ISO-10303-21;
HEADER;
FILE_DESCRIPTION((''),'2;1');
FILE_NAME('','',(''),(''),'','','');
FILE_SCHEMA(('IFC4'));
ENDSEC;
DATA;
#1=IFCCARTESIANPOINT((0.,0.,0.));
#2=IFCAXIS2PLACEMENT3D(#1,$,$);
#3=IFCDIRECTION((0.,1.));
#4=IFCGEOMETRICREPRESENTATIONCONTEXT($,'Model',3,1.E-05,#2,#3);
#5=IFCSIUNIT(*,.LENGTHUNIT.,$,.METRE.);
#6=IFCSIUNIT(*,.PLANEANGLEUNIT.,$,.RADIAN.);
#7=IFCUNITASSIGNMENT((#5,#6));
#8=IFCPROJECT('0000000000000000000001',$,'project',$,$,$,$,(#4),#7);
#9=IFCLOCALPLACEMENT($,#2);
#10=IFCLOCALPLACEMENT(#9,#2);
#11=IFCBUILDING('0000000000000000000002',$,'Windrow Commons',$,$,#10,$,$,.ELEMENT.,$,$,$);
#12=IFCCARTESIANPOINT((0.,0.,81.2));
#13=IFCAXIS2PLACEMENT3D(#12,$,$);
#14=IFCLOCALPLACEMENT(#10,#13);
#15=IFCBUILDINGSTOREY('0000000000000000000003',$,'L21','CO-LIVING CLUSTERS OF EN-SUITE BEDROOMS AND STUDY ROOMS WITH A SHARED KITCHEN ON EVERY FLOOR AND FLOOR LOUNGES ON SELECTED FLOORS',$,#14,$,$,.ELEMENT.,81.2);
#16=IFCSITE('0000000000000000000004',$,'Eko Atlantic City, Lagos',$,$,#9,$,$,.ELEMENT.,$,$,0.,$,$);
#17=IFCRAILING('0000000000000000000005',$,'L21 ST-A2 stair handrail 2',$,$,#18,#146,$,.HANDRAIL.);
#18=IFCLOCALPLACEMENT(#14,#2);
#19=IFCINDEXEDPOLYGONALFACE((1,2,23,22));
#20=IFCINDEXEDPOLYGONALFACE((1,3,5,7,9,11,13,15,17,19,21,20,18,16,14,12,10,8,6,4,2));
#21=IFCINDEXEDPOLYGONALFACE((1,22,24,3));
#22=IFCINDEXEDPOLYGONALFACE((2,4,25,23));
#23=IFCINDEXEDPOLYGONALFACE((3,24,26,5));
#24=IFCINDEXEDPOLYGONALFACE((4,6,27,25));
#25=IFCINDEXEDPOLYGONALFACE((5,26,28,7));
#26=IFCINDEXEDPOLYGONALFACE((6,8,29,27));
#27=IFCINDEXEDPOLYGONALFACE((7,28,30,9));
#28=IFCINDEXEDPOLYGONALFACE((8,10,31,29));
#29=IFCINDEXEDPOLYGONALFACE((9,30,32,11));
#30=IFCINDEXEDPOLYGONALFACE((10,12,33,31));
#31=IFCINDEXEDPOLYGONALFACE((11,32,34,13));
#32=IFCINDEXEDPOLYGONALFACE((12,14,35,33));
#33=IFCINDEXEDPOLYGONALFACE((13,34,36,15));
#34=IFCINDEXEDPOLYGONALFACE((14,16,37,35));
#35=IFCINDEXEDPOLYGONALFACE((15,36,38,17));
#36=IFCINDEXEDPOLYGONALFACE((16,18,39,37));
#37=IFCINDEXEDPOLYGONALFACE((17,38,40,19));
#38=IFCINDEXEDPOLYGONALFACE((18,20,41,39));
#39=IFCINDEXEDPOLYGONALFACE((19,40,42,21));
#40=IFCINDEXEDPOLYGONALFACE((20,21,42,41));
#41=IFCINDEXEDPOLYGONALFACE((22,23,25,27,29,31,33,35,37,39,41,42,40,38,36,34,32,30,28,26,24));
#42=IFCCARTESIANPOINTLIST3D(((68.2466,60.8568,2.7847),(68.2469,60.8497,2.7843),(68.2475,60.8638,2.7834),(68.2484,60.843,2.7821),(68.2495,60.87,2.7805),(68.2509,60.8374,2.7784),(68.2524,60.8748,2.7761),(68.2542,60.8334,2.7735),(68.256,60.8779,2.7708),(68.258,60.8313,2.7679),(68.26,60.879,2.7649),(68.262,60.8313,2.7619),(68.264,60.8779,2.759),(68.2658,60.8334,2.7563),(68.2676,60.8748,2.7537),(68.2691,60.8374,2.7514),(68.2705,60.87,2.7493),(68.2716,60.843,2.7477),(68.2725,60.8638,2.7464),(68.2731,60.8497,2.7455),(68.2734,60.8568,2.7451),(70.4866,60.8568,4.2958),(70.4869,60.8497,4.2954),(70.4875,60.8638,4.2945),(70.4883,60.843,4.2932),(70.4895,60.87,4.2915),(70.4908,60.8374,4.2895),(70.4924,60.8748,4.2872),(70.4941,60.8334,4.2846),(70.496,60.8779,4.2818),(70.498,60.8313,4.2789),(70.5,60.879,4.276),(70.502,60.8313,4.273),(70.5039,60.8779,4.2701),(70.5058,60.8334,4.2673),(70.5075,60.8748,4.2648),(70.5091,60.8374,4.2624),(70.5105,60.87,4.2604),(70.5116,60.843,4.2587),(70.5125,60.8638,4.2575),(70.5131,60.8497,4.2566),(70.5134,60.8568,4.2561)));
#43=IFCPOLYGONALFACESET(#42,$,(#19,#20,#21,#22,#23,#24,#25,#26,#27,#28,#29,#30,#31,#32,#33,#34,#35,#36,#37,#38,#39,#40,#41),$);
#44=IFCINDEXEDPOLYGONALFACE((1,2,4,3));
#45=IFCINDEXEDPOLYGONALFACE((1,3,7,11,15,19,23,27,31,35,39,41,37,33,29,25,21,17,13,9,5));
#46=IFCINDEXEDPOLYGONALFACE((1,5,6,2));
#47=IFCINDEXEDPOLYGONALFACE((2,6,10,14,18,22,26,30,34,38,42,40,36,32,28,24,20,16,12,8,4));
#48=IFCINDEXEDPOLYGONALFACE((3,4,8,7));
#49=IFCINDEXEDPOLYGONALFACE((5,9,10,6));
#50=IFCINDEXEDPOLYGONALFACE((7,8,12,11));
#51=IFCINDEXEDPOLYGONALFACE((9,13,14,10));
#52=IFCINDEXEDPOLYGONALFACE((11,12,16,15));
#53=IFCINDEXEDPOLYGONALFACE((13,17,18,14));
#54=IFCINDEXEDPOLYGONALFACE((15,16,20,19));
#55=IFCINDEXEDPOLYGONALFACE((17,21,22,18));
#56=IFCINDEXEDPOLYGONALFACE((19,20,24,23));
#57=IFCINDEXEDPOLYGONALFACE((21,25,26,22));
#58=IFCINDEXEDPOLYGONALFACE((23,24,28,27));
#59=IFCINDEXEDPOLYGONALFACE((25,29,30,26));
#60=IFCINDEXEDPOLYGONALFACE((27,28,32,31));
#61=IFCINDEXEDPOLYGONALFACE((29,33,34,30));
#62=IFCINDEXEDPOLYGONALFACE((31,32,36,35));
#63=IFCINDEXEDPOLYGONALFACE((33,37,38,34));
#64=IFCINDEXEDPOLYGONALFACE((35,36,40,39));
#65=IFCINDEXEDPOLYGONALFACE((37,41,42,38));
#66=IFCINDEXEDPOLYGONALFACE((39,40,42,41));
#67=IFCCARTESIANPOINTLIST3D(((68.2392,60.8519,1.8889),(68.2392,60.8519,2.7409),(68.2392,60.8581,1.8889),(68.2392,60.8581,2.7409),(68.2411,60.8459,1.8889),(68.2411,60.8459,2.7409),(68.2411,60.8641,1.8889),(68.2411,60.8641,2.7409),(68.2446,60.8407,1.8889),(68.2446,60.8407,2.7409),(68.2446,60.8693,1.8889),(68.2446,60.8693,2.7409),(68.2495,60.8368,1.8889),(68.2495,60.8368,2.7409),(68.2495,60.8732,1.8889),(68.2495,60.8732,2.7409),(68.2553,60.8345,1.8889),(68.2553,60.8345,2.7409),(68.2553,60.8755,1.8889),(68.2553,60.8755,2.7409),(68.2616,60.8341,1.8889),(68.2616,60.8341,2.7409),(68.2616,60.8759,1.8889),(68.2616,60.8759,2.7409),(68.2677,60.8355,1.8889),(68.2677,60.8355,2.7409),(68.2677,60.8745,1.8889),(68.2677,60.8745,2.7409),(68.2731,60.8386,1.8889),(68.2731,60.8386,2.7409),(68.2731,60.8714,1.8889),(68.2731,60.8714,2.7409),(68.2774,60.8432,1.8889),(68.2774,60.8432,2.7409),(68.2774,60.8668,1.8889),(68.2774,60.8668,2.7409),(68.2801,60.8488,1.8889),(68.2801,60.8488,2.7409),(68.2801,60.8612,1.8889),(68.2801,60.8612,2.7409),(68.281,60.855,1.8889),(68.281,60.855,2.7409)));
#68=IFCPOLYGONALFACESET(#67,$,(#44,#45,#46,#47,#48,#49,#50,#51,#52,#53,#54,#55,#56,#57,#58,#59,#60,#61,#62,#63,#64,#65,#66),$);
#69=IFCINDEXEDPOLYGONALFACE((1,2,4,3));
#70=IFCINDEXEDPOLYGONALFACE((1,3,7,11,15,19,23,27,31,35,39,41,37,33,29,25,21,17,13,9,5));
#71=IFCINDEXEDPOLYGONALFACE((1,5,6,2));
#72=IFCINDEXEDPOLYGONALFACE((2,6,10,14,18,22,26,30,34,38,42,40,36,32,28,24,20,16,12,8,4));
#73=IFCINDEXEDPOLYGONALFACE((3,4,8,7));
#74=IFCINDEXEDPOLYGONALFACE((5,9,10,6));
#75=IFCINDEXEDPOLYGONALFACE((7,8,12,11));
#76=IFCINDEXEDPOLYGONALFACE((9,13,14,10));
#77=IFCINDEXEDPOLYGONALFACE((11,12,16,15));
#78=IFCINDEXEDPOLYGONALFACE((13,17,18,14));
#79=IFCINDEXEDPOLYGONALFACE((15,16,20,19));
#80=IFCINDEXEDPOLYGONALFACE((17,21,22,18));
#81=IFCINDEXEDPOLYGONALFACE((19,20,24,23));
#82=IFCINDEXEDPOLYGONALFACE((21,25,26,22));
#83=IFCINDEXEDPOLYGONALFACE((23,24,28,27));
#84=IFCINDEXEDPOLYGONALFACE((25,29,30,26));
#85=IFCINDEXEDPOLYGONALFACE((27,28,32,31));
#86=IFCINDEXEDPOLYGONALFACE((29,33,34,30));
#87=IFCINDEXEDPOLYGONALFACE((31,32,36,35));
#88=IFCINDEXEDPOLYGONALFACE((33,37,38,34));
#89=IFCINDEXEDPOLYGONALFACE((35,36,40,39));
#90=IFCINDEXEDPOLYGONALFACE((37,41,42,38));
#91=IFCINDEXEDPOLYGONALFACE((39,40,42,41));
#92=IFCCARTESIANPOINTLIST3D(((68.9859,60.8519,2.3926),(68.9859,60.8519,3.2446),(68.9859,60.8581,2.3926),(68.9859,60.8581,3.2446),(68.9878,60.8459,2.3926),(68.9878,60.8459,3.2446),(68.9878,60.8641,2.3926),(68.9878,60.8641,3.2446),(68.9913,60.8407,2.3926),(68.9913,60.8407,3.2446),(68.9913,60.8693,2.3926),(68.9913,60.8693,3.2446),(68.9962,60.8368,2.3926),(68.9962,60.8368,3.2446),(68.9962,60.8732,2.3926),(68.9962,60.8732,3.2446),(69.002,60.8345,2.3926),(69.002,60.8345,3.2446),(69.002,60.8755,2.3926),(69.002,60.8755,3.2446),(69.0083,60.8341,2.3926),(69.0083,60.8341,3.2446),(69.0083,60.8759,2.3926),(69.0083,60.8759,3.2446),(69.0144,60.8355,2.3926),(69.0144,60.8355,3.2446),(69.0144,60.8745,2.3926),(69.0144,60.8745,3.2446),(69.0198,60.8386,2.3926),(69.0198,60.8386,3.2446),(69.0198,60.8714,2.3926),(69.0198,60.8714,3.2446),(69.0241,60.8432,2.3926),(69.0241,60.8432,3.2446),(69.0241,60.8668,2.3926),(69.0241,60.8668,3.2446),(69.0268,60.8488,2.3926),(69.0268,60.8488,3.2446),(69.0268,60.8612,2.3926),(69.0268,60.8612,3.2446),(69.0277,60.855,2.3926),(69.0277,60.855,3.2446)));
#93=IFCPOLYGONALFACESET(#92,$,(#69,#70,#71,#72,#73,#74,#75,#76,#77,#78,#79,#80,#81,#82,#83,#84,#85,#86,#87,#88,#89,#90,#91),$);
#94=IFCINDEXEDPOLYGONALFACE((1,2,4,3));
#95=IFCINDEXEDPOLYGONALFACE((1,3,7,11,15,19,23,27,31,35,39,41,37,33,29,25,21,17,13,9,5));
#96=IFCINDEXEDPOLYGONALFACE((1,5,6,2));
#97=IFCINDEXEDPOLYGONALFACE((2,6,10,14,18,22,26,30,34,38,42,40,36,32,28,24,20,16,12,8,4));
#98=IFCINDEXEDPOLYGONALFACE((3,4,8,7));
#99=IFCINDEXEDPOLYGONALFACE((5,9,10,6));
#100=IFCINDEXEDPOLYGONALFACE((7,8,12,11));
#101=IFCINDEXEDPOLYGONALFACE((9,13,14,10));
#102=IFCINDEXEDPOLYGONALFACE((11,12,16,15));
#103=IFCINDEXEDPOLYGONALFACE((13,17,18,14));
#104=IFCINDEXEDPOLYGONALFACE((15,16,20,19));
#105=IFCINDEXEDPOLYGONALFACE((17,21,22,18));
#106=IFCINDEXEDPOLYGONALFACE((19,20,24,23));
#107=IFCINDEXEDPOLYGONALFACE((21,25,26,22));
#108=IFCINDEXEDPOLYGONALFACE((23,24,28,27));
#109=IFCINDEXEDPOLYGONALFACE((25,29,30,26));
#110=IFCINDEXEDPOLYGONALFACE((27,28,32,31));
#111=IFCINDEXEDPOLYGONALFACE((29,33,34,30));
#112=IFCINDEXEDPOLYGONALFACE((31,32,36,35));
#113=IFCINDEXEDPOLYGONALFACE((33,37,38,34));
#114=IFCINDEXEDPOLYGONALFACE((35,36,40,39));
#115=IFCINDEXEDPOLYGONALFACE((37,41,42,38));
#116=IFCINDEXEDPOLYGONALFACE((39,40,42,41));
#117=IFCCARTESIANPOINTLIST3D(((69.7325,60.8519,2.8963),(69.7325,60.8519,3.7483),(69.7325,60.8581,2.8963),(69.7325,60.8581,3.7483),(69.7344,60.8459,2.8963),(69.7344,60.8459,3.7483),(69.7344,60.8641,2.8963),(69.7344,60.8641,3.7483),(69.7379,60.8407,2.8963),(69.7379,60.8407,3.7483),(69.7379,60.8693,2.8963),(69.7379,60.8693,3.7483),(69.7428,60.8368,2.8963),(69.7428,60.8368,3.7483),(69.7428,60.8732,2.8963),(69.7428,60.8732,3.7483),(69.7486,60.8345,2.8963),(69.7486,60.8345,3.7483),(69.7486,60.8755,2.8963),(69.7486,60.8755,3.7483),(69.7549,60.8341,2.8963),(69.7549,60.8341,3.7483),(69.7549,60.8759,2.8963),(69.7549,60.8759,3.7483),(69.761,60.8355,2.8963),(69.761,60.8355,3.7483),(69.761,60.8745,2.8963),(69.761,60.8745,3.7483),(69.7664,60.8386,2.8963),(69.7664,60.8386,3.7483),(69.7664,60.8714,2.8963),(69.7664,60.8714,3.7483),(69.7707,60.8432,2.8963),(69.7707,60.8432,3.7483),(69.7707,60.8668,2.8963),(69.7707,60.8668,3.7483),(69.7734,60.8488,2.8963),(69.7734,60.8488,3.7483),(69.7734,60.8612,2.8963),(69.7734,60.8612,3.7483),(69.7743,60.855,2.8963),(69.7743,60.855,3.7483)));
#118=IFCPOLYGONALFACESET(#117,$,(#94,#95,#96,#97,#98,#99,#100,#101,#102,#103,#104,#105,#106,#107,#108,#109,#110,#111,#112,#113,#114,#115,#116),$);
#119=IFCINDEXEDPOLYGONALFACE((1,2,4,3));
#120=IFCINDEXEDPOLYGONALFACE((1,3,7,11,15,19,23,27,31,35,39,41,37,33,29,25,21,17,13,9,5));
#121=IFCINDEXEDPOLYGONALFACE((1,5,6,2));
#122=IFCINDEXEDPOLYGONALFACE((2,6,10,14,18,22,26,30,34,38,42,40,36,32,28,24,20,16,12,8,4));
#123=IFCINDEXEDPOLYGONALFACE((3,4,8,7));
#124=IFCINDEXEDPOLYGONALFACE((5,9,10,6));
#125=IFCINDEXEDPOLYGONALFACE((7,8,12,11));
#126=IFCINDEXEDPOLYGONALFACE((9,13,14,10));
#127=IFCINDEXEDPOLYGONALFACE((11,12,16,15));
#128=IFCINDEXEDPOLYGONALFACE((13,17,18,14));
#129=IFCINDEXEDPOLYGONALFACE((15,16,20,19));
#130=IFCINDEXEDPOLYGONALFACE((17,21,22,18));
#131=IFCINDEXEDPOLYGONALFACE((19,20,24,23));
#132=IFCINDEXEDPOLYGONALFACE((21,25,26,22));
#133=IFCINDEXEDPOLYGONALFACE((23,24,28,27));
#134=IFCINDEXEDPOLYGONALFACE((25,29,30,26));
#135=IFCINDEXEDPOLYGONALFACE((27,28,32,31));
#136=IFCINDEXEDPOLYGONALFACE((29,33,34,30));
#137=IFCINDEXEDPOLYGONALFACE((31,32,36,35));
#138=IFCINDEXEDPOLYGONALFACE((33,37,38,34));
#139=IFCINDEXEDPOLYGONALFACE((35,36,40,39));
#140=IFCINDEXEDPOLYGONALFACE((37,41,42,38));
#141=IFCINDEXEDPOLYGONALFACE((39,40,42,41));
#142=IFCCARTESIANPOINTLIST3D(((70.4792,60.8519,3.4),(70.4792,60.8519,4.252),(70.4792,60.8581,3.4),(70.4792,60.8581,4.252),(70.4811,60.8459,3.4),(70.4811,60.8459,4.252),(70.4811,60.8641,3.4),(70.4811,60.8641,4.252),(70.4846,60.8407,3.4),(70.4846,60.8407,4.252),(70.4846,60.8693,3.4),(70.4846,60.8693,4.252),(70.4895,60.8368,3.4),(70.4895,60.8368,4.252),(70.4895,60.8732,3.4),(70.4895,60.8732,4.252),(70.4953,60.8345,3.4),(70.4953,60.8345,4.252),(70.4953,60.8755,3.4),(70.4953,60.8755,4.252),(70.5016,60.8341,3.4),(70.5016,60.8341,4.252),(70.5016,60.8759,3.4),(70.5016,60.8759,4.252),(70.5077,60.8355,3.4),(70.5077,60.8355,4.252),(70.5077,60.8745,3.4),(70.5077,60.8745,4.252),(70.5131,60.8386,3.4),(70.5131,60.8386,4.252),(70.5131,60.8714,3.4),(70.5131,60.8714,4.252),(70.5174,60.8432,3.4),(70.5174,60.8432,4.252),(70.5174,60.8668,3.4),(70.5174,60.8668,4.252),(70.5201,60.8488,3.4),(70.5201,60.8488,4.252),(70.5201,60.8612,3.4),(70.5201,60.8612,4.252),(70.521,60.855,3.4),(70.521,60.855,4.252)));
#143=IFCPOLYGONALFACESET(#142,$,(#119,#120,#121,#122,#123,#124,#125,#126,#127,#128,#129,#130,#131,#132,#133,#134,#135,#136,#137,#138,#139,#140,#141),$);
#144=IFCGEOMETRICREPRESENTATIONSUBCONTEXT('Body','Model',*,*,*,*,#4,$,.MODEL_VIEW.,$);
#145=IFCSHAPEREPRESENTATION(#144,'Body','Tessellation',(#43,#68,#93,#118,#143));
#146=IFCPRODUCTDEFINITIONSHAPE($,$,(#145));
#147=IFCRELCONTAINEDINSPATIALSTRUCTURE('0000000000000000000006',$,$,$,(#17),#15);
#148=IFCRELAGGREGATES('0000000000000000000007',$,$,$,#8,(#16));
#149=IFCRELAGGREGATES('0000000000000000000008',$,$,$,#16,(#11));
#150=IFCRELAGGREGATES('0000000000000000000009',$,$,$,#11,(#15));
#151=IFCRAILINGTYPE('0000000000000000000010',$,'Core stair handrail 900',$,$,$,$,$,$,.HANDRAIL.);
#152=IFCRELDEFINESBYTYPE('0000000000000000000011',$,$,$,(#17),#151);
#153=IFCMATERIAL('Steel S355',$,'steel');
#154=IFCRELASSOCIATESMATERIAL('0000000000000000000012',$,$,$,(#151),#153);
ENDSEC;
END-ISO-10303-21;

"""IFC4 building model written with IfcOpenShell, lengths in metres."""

from ifc_helpers import new_model, si_unit, direction, frame, origin, origin_2d, place, context, subcontext, project, spatial, circle, extrude, material, type_object, element, save


model = new_model("IFC4")

# Units and contexts
model_context = context("Model", 3, precision=1e-05, world=origin(), true_north=direction((0.0, 1.0)))
body_context = subcontext(model_context, "Body", "Model", "MODEL_VIEW")
ifc_project = project(units=[si_unit("LENGTHUNIT", "METRE"), si_unit("PLANEANGLEUNIT", "RADIAN")], contexts=[model_context])

# Site, building, storey
site_placement = place(None, origin())
site = spatial("IfcSite", under=ifc_project, at=site_placement, Name="Eko Atlantic City, Lagos", CompositionType="ELEMENT", RefElevation=0.0)
building_placement = place(site_placement, origin())
building = spatial("IfcBuilding", under=site, at=building_placement, Name="Windrow Commons", CompositionType="ELEMENT")
storey_placement = place(building_placement, frame((0.0, 0.0, 81.2)))
storey = spatial("IfcBuildingStorey", under=building, at=storey_placement, Name="L21", Description="CO-LIVING CLUSTERS OF EN-SUITE BEDROOMS AND STUDY ROOMS WITH A SHARED KITCHEN ON EVERY FLOOR AND FLOOR LOUNGES ON SELECTED FLOORS", CompositionType="ELEMENT", Elevation=81.2)

# Railing
ifc_material_1 = material(Name="Steel S355", Category="steel")
railing_type_1 = type_object("IfcRailingType", Name="Core stair handrail 900", PredefinedType="HANDRAIL", material=ifc_material_1)
railing_1_placement = place(storey_placement, frame((68.26, 60.855, 1.8889)))
element("IfcRailing", 1, at=railing_1_placement, inside=storey, type_object=railing_type_1, Name="L21 ST-A2 stair handrail 2", PredefinedType="HANDRAIL", context=body_context, shape_type="SweptSolid", body=[
    extrude(circle(Radius=0.024, at=origin_2d()), frame((0.0, 0.0, 0.876), z_axis=(0.829003, 0.0, 0.559244), x_axis=(0.0, 1.0, 0.0)), (0.0, 0.0, 1.0), 2.702),
    extrude(circle(Radius=0.021, at=origin_2d()), origin(), (0.0, 0.0, 1.0), 0.852),
    extrude(circle(Radius=0.021, at=origin_2d()), frame((0.7467, 0.0, 0.5037)), (0.0, 0.0, 1.0), 0.852),
    extrude(circle(Radius=0.021, at=origin_2d()), frame((1.4933, 0.0, 1.0074)), (0.0, 0.0, 1.0), 0.852),
    extrude(circle(Radius=0.021, at=origin_2d()), frame((2.24, 0.0, 1.5111)), (0.0, 0.0, 1.0), 0.852),
])

save(model, "model.ifc")
